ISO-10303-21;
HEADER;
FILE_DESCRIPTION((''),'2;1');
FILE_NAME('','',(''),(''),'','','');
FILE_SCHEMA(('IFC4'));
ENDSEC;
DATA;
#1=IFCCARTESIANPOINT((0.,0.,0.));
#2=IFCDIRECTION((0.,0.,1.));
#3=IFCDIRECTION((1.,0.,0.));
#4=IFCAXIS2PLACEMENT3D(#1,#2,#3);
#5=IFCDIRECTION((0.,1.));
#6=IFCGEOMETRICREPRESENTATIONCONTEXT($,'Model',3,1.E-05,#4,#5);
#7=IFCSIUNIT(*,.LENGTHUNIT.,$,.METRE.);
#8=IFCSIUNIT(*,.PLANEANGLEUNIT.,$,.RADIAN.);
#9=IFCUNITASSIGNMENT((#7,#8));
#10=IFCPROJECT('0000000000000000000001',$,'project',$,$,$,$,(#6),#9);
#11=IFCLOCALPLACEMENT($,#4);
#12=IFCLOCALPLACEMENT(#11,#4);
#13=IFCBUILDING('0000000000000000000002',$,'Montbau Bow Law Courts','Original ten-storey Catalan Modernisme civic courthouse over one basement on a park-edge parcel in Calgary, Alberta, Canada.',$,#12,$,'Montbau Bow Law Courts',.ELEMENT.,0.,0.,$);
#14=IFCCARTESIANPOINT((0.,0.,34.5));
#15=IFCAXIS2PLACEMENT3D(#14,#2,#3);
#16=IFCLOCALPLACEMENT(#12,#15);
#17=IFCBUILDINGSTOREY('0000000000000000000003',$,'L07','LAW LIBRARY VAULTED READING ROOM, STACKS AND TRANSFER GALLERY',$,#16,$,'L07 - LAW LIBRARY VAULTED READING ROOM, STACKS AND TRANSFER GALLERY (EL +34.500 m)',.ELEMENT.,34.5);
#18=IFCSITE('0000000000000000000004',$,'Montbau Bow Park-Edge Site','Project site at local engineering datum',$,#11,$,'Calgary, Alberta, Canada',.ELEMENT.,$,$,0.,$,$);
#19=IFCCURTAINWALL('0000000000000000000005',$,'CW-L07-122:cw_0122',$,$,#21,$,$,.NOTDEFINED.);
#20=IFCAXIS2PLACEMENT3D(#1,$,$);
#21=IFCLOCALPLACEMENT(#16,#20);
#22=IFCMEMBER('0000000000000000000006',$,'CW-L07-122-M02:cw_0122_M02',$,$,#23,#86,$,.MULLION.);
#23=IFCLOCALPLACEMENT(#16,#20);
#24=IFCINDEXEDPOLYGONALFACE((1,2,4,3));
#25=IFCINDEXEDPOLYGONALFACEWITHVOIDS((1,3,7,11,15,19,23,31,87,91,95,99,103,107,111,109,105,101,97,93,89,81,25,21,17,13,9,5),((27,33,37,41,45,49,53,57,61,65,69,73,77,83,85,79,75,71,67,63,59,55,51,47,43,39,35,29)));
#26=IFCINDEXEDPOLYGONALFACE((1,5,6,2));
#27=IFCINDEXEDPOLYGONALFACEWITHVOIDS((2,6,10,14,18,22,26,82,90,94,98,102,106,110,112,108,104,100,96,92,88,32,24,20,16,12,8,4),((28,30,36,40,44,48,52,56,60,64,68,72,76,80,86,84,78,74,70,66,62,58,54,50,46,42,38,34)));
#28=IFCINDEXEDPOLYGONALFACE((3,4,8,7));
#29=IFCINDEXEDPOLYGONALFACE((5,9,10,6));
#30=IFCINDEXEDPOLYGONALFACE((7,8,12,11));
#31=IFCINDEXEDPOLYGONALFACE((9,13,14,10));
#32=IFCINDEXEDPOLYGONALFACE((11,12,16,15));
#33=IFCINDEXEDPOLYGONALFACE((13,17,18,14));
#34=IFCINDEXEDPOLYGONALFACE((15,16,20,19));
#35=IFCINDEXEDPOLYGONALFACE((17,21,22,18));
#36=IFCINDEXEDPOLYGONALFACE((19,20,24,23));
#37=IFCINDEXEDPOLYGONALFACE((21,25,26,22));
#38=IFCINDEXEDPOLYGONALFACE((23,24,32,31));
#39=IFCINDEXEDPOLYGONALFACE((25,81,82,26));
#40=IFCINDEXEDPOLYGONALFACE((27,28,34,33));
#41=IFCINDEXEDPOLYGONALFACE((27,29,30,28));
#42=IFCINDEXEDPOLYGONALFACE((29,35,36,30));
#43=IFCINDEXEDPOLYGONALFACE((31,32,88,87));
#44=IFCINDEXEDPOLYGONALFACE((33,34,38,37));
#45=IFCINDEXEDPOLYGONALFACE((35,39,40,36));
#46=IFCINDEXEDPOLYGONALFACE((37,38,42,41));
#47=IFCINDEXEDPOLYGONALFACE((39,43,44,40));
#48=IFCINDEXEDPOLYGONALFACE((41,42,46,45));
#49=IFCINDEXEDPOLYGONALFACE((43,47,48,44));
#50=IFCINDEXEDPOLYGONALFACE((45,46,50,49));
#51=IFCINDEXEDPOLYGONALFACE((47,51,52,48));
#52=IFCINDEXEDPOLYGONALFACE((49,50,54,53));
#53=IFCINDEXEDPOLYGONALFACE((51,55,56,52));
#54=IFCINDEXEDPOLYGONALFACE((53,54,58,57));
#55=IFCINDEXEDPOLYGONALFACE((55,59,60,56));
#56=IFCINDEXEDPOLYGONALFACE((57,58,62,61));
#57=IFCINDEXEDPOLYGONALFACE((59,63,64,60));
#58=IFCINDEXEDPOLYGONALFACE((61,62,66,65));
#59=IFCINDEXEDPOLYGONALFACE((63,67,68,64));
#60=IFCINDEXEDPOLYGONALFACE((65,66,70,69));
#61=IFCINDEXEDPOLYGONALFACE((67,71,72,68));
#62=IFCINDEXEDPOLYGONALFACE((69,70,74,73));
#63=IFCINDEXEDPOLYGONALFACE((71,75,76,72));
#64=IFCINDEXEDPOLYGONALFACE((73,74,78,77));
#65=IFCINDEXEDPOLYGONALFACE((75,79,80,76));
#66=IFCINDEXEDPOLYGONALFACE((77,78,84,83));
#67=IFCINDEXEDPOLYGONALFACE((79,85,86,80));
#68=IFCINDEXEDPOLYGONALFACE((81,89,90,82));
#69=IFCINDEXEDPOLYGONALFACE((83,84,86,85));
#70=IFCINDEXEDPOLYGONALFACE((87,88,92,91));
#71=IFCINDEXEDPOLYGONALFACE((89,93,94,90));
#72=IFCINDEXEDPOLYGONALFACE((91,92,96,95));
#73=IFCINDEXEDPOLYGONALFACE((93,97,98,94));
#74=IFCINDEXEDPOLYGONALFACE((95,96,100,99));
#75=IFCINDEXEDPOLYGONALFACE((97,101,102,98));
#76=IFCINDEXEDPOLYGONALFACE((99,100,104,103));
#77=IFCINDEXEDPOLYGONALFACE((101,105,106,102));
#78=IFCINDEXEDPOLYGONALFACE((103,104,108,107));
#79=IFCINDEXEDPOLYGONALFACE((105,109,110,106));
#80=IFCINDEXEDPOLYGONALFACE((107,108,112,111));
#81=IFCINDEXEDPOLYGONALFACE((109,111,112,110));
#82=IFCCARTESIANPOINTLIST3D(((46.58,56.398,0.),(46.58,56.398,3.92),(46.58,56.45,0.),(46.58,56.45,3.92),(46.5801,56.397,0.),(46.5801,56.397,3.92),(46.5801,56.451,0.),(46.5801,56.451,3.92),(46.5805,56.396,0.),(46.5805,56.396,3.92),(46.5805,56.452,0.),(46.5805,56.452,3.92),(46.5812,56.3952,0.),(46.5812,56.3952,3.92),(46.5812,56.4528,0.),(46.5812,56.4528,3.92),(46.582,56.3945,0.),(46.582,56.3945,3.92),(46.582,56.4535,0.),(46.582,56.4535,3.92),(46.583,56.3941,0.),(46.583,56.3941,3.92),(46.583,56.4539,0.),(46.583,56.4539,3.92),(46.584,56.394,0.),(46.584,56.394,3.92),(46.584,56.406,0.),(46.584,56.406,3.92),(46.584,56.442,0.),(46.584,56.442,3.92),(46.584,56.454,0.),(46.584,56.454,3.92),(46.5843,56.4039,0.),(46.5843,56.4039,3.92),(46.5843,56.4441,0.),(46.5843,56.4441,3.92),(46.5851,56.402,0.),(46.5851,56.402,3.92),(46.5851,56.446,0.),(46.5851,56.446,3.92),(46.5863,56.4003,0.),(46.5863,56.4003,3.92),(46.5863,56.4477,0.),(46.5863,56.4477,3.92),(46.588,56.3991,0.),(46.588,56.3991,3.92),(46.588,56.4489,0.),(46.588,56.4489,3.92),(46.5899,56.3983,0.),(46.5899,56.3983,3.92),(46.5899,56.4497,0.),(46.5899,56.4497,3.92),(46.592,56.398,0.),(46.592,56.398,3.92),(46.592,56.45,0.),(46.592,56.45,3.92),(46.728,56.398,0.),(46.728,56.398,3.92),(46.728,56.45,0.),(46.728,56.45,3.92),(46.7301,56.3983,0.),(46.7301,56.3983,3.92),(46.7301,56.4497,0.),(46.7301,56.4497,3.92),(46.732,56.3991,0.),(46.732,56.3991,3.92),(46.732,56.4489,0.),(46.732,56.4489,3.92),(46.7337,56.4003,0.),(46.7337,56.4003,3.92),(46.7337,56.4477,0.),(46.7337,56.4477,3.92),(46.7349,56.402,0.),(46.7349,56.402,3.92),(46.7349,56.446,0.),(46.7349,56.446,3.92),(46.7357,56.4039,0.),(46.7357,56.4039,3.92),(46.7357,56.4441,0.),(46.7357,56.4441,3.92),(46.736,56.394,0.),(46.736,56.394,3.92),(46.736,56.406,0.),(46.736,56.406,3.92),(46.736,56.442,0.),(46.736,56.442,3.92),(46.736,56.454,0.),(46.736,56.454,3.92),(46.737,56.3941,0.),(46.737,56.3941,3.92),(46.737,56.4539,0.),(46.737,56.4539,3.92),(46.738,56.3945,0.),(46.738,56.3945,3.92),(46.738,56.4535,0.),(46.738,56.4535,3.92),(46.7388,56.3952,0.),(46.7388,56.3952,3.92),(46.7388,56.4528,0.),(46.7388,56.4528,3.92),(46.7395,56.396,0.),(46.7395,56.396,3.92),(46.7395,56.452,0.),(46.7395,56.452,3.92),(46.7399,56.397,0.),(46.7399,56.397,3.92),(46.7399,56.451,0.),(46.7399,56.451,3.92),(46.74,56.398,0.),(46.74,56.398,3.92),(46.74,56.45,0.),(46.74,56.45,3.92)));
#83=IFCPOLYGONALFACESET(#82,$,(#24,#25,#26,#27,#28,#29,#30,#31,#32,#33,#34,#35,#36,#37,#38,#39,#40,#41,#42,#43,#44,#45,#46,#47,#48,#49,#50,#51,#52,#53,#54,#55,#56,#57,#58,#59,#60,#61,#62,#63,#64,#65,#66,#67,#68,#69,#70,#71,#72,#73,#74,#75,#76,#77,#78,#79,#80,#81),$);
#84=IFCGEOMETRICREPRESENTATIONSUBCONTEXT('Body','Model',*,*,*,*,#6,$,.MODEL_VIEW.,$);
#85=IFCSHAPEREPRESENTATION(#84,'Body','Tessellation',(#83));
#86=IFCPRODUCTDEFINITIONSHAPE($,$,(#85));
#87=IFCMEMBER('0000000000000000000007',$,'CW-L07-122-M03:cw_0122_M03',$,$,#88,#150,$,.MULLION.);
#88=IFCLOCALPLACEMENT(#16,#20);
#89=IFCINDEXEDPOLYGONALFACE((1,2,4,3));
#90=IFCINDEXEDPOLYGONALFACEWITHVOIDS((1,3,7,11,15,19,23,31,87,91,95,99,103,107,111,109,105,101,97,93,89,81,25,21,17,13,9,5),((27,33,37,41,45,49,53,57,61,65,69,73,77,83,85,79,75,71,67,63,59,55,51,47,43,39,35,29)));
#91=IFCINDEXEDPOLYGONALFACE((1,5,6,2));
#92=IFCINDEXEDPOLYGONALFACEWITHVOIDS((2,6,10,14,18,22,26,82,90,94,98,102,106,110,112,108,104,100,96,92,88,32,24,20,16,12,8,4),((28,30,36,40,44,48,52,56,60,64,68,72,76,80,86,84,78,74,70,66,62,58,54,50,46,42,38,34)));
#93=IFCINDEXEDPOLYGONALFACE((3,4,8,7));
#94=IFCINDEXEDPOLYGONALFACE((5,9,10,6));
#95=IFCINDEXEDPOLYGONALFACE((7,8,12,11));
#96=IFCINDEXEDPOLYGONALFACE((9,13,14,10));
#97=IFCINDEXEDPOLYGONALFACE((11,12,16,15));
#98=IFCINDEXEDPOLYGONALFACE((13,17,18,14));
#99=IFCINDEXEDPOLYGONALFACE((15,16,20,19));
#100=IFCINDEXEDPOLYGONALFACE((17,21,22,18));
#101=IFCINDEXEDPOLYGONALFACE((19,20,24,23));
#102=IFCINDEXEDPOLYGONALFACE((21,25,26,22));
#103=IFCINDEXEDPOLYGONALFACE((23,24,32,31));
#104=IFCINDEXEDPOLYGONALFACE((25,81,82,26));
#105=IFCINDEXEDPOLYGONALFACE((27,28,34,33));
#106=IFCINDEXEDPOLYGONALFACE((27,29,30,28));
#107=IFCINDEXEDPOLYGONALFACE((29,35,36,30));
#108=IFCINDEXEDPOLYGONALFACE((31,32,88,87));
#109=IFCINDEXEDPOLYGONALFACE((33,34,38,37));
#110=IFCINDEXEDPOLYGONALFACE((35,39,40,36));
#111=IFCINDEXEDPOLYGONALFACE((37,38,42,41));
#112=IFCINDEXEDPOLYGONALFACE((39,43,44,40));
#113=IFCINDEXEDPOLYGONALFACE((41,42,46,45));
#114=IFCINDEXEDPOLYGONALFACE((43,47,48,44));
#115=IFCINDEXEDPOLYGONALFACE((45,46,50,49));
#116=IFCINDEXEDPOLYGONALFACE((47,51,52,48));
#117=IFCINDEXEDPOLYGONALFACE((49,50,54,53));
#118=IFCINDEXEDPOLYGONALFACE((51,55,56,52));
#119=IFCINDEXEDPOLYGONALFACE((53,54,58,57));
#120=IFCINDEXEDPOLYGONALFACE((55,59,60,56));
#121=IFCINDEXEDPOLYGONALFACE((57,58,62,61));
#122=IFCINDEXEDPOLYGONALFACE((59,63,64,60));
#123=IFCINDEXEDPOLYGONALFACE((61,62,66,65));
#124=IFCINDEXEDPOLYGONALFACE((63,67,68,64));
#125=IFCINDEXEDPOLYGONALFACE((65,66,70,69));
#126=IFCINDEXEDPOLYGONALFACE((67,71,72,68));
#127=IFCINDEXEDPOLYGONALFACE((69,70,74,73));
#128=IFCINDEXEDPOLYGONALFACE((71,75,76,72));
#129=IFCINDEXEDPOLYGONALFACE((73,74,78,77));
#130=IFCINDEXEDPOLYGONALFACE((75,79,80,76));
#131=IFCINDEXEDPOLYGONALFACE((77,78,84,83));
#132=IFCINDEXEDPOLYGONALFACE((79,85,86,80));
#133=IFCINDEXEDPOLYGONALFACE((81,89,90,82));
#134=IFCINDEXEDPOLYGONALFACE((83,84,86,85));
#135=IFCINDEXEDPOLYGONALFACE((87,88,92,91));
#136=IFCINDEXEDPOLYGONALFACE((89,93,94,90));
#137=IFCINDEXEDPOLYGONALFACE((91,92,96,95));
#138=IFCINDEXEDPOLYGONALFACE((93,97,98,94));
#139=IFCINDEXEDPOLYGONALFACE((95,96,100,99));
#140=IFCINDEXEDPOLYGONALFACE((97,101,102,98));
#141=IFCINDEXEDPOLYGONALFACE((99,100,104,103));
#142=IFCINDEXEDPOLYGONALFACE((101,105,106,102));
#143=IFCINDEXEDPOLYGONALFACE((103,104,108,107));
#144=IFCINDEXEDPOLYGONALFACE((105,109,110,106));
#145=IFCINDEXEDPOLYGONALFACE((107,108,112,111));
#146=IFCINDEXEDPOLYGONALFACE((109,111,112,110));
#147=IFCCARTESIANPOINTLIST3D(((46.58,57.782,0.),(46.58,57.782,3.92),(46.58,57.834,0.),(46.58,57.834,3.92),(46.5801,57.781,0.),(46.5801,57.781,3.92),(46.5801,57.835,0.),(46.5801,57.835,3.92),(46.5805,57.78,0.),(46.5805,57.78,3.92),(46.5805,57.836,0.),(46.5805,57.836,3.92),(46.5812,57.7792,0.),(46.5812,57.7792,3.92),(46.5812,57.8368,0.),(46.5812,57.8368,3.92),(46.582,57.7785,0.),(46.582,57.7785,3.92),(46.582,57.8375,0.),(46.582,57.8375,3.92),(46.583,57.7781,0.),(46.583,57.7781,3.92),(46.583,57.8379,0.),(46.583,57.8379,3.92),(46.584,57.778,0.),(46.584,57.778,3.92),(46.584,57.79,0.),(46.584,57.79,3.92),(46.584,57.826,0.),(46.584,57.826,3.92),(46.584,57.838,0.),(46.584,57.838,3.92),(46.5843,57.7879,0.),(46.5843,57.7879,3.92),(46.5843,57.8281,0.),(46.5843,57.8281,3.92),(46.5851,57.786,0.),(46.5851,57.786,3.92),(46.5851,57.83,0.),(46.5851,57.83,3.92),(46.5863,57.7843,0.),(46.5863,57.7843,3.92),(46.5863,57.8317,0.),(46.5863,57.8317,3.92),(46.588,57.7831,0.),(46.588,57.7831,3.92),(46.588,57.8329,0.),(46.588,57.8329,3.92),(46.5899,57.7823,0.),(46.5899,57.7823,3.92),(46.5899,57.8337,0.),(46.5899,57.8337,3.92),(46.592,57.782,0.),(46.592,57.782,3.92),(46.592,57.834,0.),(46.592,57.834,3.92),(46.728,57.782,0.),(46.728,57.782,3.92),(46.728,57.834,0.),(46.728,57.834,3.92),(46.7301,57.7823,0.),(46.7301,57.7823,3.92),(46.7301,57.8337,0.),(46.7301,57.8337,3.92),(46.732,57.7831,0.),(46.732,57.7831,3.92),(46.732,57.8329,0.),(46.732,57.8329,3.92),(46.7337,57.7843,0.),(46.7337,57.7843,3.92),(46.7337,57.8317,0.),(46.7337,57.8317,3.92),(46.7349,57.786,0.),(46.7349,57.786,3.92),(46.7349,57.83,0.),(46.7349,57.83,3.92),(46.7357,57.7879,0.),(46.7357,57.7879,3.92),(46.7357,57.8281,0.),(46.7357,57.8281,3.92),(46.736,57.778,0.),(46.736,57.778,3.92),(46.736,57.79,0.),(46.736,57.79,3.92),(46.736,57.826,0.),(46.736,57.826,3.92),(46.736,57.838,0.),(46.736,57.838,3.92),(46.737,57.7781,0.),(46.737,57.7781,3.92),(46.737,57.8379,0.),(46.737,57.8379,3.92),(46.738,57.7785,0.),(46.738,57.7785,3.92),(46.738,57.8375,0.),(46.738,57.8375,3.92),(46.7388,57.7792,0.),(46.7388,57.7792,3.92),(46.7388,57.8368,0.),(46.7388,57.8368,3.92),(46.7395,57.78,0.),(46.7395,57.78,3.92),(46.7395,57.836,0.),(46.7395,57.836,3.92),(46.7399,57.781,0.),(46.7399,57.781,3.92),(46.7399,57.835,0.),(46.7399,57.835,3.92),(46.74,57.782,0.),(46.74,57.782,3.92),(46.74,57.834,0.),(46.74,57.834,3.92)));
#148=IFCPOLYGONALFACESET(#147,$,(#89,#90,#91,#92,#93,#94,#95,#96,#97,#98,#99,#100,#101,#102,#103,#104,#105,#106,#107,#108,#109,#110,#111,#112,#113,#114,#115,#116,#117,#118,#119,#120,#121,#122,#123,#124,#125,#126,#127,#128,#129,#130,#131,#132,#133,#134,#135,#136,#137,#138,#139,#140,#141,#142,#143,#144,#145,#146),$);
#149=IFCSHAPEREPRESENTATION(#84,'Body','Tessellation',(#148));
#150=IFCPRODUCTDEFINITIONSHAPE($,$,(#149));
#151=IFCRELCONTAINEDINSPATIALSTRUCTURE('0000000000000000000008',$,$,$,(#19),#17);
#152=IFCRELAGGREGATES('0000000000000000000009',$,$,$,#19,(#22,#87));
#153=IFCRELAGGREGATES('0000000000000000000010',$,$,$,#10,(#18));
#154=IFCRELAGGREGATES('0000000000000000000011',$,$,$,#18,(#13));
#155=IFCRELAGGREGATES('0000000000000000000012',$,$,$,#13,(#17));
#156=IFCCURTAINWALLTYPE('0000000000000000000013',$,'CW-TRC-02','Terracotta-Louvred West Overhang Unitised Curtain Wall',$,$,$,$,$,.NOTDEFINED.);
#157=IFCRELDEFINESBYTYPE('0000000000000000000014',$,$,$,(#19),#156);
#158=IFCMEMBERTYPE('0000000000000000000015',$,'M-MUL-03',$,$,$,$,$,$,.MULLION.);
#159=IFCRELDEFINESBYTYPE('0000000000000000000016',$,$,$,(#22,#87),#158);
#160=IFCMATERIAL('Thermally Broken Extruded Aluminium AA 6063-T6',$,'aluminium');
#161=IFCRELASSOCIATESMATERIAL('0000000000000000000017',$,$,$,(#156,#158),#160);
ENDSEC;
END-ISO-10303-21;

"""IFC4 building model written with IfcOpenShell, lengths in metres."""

from ifc_helpers import new_model, si_unit, direction, frame, origin_with_axes, origin_2d_with_axis, place, context, subcontext, project, spatial, hollow_rectangle, extrude, material, material_profile, profile_set, type_object, element, aggregate, save


model = new_model("IFC4")

# Units and contexts
model_context = context("Model", 3, precision=1e-05, world=origin_with_axes(), true_north=direction((0.0, 1.0)))
body_context = subcontext(model_context, "Body", "Model", "MODEL_VIEW")
ifc_project = project(units=[si_unit("LENGTHUNIT", "METRE"), si_unit("PLANEANGLEUNIT", "RADIAN")], contexts=[model_context])

# Site, building, storey
site_placement = place(None, origin_with_axes())
site = spatial("IfcSite", under=ifc_project, at=site_placement, Name="Montbau Bow Park-Edge Site", Description="Project site at local engineering datum", LongName="Calgary, Alberta, Canada", CompositionType="ELEMENT", RefElevation=0.0)
building_placement = place(site_placement, origin_with_axes())
building = spatial("IfcBuilding", under=site, at=building_placement, Name="Montbau Bow Law Courts", Description="Original ten-storey Catalan Modernisme civic courthouse over one basement on a park-edge parcel in Calgary, Alberta, Canada.", LongName="Montbau Bow Law Courts", CompositionType="ELEMENT", ElevationOfRefHeight=0.0, ElevationOfTerrain=0.0)
storey_placement = place(building_placement, frame((0.0, 0.0, 34.5), z_axis=(0.0, 0.0, 1.0), x_axis=(1.0, 0.0, 0.0)))
storey = spatial("IfcBuildingStorey", under=building, at=storey_placement, Name="L07", Description="LAW LIBRARY VAULTED READING ROOM, STACKS AND TRANSFER GALLERY", LongName="L07 - LAW LIBRARY VAULTED READING ROOM, STACKS AND TRANSFER GALLERY (EL +34.500 m)", CompositionType="ELEMENT", Elevation=34.5)

# Shared definitions
ifc_material_1 = material(Name="Thermally Broken Extruded Aluminium AA 6063-T6", Category="aluminium")
curtain_wall_type = type_object("IfcCurtainWallType", Name="CW-TRC-02", Description="Terracotta-Louvred West Overhang Unitised Curtain Wall", PredefinedType="NOTDEFINED", material=ifc_material_1)

# Shared definitions
ifc_material_profile_1 = material_profile(ifc_material_1, hollow_rectangle(XDim=0.06, YDim=0.16, WallThickness=0.004, InnerFilletRadius=0.008, OuterFilletRadius=0.004, at=origin_2d_with_axis()), Name="CWM-160X60", Category="Main", Priority=0)
ifc_profile_set_1 = profile_set([ifc_material_profile_1], Name="Thermally Broken Extruded Aluminium AA 6063-T6")
member_type_1 = type_object("IfcMemberType", Name="M-MUL-03", PredefinedType="MULLION", material=ifc_profile_set_1)

# Curtain wall, members
curtain_wall_1_placement = place(None, frame((46.66, 55.04, 34.5), z_axis=(0.0, 0.0, 1.0), x_axis=(1.0, 0.0, 0.0)))
curtain_wall_1 = element("IfcCurtainWall", 1, at=curtain_wall_1_placement, inside=storey, type_object=curtain_wall_type, Name="CW-L07-122:cw_0122", PredefinedType="NOTDEFINED")
member_1_placement = place(None, frame((46.66, 56.424, 34.5), z_axis=(0.0, 0.0, 1.0), x_axis=(0.0, 1.0, 0.0)))
member_1 = element("IfcMember", 2, at=member_1_placement, type_object=member_type_1, Name="CW-L07-122-M02:cw_0122_M02", PredefinedType="MULLION", context=body_context, shape_type="SweptSolid", body=[
    extrude(hollow_rectangle(XDim=0.06, YDim=0.16, WallThickness=0.004, InnerFilletRadius=0.008, OuterFilletRadius=0.004, at=origin_2d_with_axis()), origin_with_axes(), (0.0, 0.0, 1.0), 3.92),
])
member_2_placement = place(None, frame((46.66, 57.808, 34.5), z_axis=(0.0, 0.0, 1.0), x_axis=(0.0, 1.0, 0.0)))
member_2 = element("IfcMember", 3, at=member_2_placement, type_object=member_type_1, Name="CW-L07-122-M03:cw_0122_M03", PredefinedType="MULLION", context=body_context, shape_type="SweptSolid", body=[
    extrude(hollow_rectangle(XDim=0.06, YDim=0.16, WallThickness=0.004, InnerFilletRadius=0.008, OuterFilletRadius=0.004, at=origin_2d_with_axis()), origin_with_axes(), (0.0, 0.0, 1.0), 3.92),
])

aggregate(curtain_wall_1, [member_1, member_2])

save(model, "model.ifc")
